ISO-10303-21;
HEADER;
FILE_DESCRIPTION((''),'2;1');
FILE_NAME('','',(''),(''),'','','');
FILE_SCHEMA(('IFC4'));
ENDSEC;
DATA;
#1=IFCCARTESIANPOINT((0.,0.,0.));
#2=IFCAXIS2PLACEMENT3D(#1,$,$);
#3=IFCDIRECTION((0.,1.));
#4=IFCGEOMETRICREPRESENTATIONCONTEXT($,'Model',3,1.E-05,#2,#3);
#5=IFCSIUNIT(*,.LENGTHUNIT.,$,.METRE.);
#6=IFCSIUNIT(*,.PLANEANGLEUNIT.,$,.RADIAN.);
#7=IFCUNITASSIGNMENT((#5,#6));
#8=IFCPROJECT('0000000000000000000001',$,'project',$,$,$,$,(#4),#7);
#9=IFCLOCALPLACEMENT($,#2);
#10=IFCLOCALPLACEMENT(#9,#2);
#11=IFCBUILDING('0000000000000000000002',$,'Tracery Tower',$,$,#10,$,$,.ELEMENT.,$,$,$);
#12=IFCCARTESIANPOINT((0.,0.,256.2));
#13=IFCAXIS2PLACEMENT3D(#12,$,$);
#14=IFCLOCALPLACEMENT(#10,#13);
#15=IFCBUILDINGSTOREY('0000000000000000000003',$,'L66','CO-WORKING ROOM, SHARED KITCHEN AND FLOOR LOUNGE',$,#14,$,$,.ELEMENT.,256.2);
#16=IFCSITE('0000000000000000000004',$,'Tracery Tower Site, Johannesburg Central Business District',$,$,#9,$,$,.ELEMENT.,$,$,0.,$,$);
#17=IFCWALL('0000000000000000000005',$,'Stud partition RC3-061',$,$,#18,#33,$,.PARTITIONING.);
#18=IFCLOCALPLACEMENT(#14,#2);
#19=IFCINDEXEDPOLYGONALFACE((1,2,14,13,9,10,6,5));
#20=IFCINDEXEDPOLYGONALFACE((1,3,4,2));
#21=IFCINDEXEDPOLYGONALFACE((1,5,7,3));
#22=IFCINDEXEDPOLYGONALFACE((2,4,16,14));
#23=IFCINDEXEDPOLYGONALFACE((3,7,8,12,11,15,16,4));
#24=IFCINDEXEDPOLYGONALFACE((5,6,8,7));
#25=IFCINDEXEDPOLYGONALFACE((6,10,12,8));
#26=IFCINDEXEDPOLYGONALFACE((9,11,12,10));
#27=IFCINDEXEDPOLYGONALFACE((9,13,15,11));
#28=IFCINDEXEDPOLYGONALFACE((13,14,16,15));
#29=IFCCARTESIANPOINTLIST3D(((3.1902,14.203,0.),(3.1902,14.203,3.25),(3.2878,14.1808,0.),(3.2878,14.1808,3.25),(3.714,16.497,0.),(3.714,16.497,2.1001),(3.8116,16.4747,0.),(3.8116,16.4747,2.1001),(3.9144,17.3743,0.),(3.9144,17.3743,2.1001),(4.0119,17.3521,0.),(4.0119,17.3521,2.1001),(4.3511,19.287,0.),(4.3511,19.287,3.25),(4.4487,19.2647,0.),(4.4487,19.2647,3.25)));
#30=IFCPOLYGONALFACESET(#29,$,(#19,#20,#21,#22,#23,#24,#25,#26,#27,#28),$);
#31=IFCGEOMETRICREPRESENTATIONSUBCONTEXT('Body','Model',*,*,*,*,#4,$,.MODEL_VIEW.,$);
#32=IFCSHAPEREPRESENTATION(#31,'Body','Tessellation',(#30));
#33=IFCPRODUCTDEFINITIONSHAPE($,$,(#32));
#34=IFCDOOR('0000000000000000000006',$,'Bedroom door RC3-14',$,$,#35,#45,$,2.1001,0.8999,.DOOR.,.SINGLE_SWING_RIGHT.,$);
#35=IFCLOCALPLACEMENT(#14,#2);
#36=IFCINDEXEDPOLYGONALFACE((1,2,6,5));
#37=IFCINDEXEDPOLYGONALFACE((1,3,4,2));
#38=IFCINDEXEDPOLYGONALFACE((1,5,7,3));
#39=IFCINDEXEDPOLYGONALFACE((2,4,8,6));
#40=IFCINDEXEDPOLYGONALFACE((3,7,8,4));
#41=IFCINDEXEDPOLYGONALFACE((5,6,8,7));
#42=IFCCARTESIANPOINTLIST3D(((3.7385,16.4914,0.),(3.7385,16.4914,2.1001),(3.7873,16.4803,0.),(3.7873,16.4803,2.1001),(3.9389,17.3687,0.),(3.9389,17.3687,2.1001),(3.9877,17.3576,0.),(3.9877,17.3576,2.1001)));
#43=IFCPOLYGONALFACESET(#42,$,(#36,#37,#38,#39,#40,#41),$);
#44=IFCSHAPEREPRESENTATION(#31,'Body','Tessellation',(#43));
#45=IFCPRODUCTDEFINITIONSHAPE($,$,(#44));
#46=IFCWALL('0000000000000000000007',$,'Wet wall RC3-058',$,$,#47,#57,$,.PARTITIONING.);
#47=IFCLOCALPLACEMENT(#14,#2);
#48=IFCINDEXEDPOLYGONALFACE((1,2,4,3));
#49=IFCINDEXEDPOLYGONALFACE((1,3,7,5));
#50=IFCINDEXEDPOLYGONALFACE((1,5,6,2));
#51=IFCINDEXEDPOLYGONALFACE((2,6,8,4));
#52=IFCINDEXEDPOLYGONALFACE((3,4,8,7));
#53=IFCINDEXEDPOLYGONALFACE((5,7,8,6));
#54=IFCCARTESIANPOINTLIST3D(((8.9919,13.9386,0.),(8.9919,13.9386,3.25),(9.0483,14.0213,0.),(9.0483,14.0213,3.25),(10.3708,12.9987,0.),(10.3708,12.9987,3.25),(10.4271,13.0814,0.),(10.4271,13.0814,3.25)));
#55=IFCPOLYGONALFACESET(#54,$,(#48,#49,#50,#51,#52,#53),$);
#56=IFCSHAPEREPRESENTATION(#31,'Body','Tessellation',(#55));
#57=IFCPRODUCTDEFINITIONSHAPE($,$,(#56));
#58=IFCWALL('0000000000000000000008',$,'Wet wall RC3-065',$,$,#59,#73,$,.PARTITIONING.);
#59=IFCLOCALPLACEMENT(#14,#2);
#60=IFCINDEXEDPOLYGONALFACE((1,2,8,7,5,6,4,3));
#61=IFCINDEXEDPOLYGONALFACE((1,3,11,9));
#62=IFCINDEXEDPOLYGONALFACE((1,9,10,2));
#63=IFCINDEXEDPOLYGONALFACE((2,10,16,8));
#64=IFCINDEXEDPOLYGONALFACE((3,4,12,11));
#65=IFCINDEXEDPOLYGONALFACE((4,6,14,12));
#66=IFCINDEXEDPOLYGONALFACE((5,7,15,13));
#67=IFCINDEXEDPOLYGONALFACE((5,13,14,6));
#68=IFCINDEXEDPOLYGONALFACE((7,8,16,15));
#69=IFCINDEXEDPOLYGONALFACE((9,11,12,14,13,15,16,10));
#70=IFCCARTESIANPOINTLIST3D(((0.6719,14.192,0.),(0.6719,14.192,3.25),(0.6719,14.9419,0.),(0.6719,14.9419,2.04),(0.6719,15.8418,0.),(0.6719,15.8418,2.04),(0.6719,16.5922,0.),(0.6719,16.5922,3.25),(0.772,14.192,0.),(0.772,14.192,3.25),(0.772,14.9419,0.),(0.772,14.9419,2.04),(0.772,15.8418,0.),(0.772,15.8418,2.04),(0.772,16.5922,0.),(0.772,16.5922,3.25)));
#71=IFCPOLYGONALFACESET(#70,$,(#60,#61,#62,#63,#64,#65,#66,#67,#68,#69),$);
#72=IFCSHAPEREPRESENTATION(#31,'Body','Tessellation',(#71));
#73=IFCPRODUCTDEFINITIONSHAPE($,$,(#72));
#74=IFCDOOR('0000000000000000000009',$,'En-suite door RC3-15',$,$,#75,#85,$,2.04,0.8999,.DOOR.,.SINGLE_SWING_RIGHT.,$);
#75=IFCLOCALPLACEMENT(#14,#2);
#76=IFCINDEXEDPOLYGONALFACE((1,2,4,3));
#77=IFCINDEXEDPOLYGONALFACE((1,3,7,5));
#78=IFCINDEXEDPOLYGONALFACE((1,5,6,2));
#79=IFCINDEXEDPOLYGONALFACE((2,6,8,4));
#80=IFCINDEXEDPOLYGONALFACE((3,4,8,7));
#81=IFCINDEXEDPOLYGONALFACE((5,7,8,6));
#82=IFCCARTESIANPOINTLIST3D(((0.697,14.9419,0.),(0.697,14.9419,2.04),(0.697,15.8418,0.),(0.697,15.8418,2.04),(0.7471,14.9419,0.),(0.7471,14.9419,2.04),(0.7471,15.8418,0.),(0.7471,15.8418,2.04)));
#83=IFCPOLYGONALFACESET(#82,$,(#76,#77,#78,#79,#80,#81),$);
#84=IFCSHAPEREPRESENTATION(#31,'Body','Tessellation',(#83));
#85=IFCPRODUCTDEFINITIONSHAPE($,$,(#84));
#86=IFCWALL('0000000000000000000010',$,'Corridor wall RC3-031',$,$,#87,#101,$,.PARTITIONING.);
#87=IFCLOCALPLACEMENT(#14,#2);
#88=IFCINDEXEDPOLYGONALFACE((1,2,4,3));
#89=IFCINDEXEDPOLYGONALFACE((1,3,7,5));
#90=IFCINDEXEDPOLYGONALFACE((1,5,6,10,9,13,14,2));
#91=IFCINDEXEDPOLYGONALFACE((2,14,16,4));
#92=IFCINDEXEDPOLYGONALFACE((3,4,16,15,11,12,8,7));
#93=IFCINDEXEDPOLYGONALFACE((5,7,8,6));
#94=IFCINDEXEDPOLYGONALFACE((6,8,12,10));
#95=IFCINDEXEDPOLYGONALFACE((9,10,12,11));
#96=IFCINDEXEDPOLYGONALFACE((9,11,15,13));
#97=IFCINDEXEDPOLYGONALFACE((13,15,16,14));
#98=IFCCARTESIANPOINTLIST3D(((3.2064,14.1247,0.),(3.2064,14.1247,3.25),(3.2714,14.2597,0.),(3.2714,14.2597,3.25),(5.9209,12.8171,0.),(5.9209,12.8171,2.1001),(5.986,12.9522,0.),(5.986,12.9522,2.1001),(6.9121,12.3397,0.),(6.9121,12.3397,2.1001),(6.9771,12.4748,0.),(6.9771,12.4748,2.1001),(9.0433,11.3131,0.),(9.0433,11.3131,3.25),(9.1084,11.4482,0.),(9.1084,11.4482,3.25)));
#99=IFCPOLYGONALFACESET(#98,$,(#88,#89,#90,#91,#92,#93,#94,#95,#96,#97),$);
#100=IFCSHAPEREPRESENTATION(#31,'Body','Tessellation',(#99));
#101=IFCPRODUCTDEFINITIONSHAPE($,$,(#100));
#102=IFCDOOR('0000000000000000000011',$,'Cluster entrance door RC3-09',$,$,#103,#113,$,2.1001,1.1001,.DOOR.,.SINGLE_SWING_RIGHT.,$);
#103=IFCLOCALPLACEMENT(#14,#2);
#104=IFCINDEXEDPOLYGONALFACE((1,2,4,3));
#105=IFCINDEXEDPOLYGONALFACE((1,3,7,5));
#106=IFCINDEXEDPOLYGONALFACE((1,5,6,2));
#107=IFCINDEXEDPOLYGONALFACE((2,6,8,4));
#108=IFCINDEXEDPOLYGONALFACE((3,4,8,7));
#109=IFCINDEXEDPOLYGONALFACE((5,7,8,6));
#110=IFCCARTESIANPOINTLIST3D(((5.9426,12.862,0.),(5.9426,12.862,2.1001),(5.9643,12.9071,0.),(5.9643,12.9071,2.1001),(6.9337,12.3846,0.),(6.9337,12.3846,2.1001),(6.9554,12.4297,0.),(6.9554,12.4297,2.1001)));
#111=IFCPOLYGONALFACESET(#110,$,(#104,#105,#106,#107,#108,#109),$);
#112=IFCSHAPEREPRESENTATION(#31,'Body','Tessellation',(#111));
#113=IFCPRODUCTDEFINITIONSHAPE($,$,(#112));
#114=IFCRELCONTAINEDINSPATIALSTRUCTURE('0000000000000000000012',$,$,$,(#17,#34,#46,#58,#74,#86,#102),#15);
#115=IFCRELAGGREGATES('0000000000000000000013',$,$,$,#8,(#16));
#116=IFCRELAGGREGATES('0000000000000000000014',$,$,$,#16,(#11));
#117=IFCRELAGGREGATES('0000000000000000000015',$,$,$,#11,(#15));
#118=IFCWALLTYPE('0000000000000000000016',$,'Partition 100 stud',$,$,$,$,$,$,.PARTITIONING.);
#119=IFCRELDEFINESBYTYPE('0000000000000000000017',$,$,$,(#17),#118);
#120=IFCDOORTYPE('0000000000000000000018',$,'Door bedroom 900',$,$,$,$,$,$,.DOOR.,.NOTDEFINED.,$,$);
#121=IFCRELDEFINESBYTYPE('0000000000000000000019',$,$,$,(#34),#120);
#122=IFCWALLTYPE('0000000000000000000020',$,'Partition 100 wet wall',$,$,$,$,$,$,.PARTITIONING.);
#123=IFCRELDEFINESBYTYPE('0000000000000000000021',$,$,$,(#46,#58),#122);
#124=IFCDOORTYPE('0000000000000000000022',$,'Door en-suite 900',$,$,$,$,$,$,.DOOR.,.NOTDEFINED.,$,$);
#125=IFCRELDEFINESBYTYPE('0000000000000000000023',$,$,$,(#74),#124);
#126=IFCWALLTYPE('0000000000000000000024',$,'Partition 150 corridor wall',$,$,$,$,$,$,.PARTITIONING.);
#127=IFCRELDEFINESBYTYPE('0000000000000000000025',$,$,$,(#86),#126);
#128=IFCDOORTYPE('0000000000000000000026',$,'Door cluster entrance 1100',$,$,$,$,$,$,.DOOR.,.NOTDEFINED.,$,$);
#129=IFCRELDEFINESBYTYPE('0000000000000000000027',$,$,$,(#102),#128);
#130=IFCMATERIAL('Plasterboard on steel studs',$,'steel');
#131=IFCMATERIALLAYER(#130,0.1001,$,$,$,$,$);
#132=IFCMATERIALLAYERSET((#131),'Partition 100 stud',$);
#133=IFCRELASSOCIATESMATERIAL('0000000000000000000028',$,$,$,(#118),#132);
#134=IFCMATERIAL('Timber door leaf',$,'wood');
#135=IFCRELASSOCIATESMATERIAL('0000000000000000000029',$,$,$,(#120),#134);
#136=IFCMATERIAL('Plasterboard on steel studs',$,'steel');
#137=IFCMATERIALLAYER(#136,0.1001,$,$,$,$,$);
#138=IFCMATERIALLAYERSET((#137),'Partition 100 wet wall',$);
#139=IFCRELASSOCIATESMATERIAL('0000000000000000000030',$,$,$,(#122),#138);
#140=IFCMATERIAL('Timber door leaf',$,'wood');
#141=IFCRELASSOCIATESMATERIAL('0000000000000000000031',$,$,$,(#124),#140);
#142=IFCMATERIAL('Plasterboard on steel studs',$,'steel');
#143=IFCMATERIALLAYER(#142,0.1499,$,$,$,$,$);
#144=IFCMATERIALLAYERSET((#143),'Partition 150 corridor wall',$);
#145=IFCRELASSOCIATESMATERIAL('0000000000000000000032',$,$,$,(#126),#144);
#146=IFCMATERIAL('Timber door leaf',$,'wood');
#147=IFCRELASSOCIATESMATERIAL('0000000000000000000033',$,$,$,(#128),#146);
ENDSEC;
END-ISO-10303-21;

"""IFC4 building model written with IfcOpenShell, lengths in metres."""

from ifc_helpers import new_model, si_unit, direction, frame, frame_2d, origin, place, context, subcontext, project, spatial, rectangle, extrude, material, layer, layer_set, type_object, element, fill, save


model = new_model("IFC4")

# Units and contexts
model_context = context("Model", 3, precision=1e-05, world=origin(), true_north=direction((0.0, 1.0)))
body_context = subcontext(model_context, "Body", "Model", "MODEL_VIEW")
ifc_project = project(units=[si_unit("LENGTHUNIT", "METRE"), si_unit("PLANEANGLEUNIT", "RADIAN")], contexts=[model_context])

# Site, building, storey
site_placement = place(None, origin())
site = spatial("IfcSite", under=ifc_project, at=site_placement, Name="Tracery Tower Site, Johannesburg Central Business District", CompositionType="ELEMENT", RefElevation=0.0)
building_placement = place(site_placement, origin())
building = spatial("IfcBuilding", under=site, at=building_placement, Name="Tracery Tower", CompositionType="ELEMENT")
storey_placement = place(building_placement, frame((0.0, 0.0, 256.2)))
storey = spatial("IfcBuildingStorey", under=building, at=storey_placement, Name="L66", Description="CO-WORKING ROOM, SHARED KITCHEN AND FLOOR LOUNGE", CompositionType="ELEMENT", Elevation=256.2)

# Wall, opening, door
ifc_material_1 = material(Name="Plasterboard on steel studs", Category="steel")
ifc_layer_1 = layer(ifc_material_1, 0.1001)
ifc_layer_set_1 = layer_set([ifc_layer_1], Name="Partition 100 stud")
wall_type_1 = type_object("IfcWallType", Name="Partition 100 stud", PredefinedType="PARTITIONING", material=ifc_layer_set_1)
wall_1_placement = place(storey_placement, frame((3.239, 14.1919, 0.0), z_axis=(0.0, 0.0, 1.0), x_axis=(0.222613, 0.974907, 0.0)))
wall_1 = element("IfcWall", 1, at=wall_1_placement, inside=storey, type_object=wall_type_1, Name="Stud partition RC3-061", PredefinedType="PARTITIONING", context=body_context, shape_type="SweptSolid", body=[
    extrude(rectangle(XDim=5.2148, YDim=0.1001, at=frame_2d((2.6074, 0.0))), origin(), (0.0, 0.0, 1.0), 3.25),
])
opening_1_placement = place(wall_1_placement, frame((2.353, 0.0, 0.0)))
opening_1 = element("IfcOpeningElement", 2, at=opening_1_placement, cuts=wall_1, PredefinedType="OPENING", context=body_context, shape_type="SweptSolid", body=[
    extrude(rectangle(XDim=0.8999, YDim=2.1001, at=frame_2d((0.45, 1.05))), frame((0.0, 0.05, 0.0), z_axis=(0.0, -1.0, 0.0), x_axis=(1.0, 0.0, 0.0)), (0.0, 0.0, 1.0), 0.1001),
])
ifc_material_2 = material(Name="Timber door leaf", Category="wood")
door_type_1 = type_object("IfcDoorType", Name="Door bedroom 900", OperationType="NOTDEFINED", PredefinedType="DOOR", material=ifc_material_2)
door_1_placement = place(opening_1_placement, origin())
door_1 = element("IfcDoor", 3, at=door_1_placement, inside=storey, type_object=door_type_1, Name="Bedroom door RC3-14", OperationType="SINGLE_SWING_RIGHT", OverallHeight=2.1001, OverallWidth=0.8999, PredefinedType="DOOR", context=body_context, shape_type="SweptSolid", body=[
    extrude(rectangle(XDim=0.8999, YDim=2.1001, at=frame_2d((0.45, 1.05))), frame((0.0, 0.0249, 0.0), z_axis=(0.0, -1.0, 0.0), x_axis=(1.0, 0.0, 0.0)), (0.0, 0.0, 1.0), 0.05),
])
fill(opening_1, door_1)

# Wall
ifc_material_3 = material(Name="Plasterboard on steel studs", Category="steel")
ifc_layer_2 = layer(ifc_material_3, 0.1001)
ifc_layer_set_2 = layer_set([ifc_layer_2], Name="Partition 100 wet wall")
wall_type_2 = type_object("IfcWallType", Name="Partition 100 wet wall", PredefinedType="PARTITIONING", material=ifc_layer_set_2)
wall_2_placement = place(storey_placement, frame((9.02, 13.98, 0.0), z_axis=(0.0, 0.0, 1.0), x_axis=(0.826289, -0.563246, 0.0)))
element("IfcWall", 4, at=wall_2_placement, inside=storey, type_object=wall_type_2, Name="Wet wall RC3-058", PredefinedType="PARTITIONING", context=body_context, shape_type="SweptSolid", body=[
    extrude(rectangle(XDim=1.6687, YDim=0.1001, at=frame_2d((0.8345, 0.0))), origin(), (0.0, 0.0, 1.0), 3.25),
])

# Walls, openings, doors
wall_3_placement = place(storey_placement, frame((0.7219, 14.1919, 0.0), z_axis=(0.0, 0.0, 1.0), x_axis=(0.0, 1.0, 0.0)))
wall_3 = element("IfcWall", 5, at=wall_3_placement, inside=storey, type_object=wall_type_2, Name="Wet wall RC3-065", PredefinedType="PARTITIONING", context=body_context, shape_type="SweptSolid", body=[
    extrude(rectangle(XDim=2.4001, YDim=0.1001, at=frame_2d((1.2002, 0.0))), origin(), (0.0, 0.0, 1.0), 3.25),
])
opening_2_placement = place(wall_3_placement, frame((0.75, 0.0, 0.0)))
opening_2 = element("IfcOpeningElement", 6, at=opening_2_placement, cuts=wall_3, PredefinedType="OPENING", context=body_context, shape_type="SweptSolid", body=[
    extrude(rectangle(XDim=0.8999, YDim=2.04, at=frame_2d((0.45, 1.02))), frame((0.0, 0.05, 0.0), z_axis=(0.0, -1.0, 0.0), x_axis=(1.0, 0.0, 0.0)), (0.0, 0.0, 1.0), 0.1001),
])
ifc_material_4 = material(Name="Timber door leaf", Category="wood")
door_type_2 = type_object("IfcDoorType", Name="Door en-suite 900", OperationType="NOTDEFINED", PredefinedType="DOOR", material=ifc_material_4)
door_2_placement = place(opening_2_placement, origin())
door_2 = element("IfcDoor", 7, at=door_2_placement, inside=storey, type_object=door_type_2, Name="En-suite door RC3-15", OperationType="SINGLE_SWING_RIGHT", OverallHeight=2.04, OverallWidth=0.8999, PredefinedType="DOOR", context=body_context, shape_type="SweptSolid", body=[
    extrude(rectangle(XDim=0.8999, YDim=2.04, at=frame_2d((0.45, 1.02))), frame((0.0, 0.0249, 0.0), z_axis=(0.0, -1.0, 0.0), x_axis=(1.0, 0.0, 0.0)), (0.0, 0.0, 1.0), 0.05),
])
fill(opening_2, door_2)
ifc_material_5 = material(Name="Plasterboard on steel studs", Category="steel")
ifc_layer_3 = layer(ifc_material_5, 0.1499)
ifc_layer_set_3 = layer_set([ifc_layer_3], Name="Partition 150 corridor wall")
wall_type_3 = type_object("IfcWallType", Name="Partition 150 corridor wall", PredefinedType="PARTITIONING", material=ifc_layer_set_3)
wall_4_placement = place(storey_placement, frame((3.239, 14.1921, 0.0), z_axis=(0.0, 0.0, 1.0), x_axis=(0.900932, -0.433961, 0.0)))
wall_4 = element("IfcWall", 8, at=wall_4_placement, inside=storey, type_object=wall_type_3, Name="Corridor wall RC3-031", PredefinedType="PARTITIONING", context=body_context, shape_type="SweptSolid", body=[
    extrude(rectangle(XDim=6.4788, YDim=0.1499, at=frame_2d((3.2393, 0.0))), origin(), (0.0, 0.0, 1.0), 3.25),
])
opening_3_placement = place(wall_4_placement, frame((3.0129, 0.0, 0.0)))
opening_3 = element("IfcOpeningElement", 9, at=opening_3_placement, cuts=wall_4, PredefinedType="OPENING", context=body_context, shape_type="SweptSolid", body=[
    extrude(rectangle(XDim=1.1001, YDim=2.1001, at=frame_2d((0.55, 1.05))), frame((0.0, 0.075, 0.0), z_axis=(0.0, -1.0, 0.0), x_axis=(1.0, 0.0, 0.0)), (0.0, 0.0, 1.0), 0.1499),
])
ifc_material_6 = material(Name="Timber door leaf", Category="wood")
door_type_3 = type_object("IfcDoorType", Name="Door cluster entrance 1100", OperationType="NOTDEFINED", PredefinedType="DOOR", material=ifc_material_6)
door_3_placement = place(opening_3_placement, origin())
door_3 = element("IfcDoor", 10, at=door_3_placement, inside=storey, type_object=door_type_3, Name="Cluster entrance door RC3-09", OperationType="SINGLE_SWING_RIGHT", OverallHeight=2.1001, OverallWidth=1.1001, PredefinedType="DOOR", context=body_context, shape_type="SweptSolid", body=[
    extrude(rectangle(XDim=1.1001, YDim=2.1001, at=frame_2d((0.55, 1.05))), frame((0.0, 0.0249, 0.0), z_axis=(0.0, -1.0, 0.0), x_axis=(1.0, 0.0, 0.0)), (0.0, 0.0, 1.0), 0.05),
])
fill(opening_3, door_3)

save(model, "model.ifc")
